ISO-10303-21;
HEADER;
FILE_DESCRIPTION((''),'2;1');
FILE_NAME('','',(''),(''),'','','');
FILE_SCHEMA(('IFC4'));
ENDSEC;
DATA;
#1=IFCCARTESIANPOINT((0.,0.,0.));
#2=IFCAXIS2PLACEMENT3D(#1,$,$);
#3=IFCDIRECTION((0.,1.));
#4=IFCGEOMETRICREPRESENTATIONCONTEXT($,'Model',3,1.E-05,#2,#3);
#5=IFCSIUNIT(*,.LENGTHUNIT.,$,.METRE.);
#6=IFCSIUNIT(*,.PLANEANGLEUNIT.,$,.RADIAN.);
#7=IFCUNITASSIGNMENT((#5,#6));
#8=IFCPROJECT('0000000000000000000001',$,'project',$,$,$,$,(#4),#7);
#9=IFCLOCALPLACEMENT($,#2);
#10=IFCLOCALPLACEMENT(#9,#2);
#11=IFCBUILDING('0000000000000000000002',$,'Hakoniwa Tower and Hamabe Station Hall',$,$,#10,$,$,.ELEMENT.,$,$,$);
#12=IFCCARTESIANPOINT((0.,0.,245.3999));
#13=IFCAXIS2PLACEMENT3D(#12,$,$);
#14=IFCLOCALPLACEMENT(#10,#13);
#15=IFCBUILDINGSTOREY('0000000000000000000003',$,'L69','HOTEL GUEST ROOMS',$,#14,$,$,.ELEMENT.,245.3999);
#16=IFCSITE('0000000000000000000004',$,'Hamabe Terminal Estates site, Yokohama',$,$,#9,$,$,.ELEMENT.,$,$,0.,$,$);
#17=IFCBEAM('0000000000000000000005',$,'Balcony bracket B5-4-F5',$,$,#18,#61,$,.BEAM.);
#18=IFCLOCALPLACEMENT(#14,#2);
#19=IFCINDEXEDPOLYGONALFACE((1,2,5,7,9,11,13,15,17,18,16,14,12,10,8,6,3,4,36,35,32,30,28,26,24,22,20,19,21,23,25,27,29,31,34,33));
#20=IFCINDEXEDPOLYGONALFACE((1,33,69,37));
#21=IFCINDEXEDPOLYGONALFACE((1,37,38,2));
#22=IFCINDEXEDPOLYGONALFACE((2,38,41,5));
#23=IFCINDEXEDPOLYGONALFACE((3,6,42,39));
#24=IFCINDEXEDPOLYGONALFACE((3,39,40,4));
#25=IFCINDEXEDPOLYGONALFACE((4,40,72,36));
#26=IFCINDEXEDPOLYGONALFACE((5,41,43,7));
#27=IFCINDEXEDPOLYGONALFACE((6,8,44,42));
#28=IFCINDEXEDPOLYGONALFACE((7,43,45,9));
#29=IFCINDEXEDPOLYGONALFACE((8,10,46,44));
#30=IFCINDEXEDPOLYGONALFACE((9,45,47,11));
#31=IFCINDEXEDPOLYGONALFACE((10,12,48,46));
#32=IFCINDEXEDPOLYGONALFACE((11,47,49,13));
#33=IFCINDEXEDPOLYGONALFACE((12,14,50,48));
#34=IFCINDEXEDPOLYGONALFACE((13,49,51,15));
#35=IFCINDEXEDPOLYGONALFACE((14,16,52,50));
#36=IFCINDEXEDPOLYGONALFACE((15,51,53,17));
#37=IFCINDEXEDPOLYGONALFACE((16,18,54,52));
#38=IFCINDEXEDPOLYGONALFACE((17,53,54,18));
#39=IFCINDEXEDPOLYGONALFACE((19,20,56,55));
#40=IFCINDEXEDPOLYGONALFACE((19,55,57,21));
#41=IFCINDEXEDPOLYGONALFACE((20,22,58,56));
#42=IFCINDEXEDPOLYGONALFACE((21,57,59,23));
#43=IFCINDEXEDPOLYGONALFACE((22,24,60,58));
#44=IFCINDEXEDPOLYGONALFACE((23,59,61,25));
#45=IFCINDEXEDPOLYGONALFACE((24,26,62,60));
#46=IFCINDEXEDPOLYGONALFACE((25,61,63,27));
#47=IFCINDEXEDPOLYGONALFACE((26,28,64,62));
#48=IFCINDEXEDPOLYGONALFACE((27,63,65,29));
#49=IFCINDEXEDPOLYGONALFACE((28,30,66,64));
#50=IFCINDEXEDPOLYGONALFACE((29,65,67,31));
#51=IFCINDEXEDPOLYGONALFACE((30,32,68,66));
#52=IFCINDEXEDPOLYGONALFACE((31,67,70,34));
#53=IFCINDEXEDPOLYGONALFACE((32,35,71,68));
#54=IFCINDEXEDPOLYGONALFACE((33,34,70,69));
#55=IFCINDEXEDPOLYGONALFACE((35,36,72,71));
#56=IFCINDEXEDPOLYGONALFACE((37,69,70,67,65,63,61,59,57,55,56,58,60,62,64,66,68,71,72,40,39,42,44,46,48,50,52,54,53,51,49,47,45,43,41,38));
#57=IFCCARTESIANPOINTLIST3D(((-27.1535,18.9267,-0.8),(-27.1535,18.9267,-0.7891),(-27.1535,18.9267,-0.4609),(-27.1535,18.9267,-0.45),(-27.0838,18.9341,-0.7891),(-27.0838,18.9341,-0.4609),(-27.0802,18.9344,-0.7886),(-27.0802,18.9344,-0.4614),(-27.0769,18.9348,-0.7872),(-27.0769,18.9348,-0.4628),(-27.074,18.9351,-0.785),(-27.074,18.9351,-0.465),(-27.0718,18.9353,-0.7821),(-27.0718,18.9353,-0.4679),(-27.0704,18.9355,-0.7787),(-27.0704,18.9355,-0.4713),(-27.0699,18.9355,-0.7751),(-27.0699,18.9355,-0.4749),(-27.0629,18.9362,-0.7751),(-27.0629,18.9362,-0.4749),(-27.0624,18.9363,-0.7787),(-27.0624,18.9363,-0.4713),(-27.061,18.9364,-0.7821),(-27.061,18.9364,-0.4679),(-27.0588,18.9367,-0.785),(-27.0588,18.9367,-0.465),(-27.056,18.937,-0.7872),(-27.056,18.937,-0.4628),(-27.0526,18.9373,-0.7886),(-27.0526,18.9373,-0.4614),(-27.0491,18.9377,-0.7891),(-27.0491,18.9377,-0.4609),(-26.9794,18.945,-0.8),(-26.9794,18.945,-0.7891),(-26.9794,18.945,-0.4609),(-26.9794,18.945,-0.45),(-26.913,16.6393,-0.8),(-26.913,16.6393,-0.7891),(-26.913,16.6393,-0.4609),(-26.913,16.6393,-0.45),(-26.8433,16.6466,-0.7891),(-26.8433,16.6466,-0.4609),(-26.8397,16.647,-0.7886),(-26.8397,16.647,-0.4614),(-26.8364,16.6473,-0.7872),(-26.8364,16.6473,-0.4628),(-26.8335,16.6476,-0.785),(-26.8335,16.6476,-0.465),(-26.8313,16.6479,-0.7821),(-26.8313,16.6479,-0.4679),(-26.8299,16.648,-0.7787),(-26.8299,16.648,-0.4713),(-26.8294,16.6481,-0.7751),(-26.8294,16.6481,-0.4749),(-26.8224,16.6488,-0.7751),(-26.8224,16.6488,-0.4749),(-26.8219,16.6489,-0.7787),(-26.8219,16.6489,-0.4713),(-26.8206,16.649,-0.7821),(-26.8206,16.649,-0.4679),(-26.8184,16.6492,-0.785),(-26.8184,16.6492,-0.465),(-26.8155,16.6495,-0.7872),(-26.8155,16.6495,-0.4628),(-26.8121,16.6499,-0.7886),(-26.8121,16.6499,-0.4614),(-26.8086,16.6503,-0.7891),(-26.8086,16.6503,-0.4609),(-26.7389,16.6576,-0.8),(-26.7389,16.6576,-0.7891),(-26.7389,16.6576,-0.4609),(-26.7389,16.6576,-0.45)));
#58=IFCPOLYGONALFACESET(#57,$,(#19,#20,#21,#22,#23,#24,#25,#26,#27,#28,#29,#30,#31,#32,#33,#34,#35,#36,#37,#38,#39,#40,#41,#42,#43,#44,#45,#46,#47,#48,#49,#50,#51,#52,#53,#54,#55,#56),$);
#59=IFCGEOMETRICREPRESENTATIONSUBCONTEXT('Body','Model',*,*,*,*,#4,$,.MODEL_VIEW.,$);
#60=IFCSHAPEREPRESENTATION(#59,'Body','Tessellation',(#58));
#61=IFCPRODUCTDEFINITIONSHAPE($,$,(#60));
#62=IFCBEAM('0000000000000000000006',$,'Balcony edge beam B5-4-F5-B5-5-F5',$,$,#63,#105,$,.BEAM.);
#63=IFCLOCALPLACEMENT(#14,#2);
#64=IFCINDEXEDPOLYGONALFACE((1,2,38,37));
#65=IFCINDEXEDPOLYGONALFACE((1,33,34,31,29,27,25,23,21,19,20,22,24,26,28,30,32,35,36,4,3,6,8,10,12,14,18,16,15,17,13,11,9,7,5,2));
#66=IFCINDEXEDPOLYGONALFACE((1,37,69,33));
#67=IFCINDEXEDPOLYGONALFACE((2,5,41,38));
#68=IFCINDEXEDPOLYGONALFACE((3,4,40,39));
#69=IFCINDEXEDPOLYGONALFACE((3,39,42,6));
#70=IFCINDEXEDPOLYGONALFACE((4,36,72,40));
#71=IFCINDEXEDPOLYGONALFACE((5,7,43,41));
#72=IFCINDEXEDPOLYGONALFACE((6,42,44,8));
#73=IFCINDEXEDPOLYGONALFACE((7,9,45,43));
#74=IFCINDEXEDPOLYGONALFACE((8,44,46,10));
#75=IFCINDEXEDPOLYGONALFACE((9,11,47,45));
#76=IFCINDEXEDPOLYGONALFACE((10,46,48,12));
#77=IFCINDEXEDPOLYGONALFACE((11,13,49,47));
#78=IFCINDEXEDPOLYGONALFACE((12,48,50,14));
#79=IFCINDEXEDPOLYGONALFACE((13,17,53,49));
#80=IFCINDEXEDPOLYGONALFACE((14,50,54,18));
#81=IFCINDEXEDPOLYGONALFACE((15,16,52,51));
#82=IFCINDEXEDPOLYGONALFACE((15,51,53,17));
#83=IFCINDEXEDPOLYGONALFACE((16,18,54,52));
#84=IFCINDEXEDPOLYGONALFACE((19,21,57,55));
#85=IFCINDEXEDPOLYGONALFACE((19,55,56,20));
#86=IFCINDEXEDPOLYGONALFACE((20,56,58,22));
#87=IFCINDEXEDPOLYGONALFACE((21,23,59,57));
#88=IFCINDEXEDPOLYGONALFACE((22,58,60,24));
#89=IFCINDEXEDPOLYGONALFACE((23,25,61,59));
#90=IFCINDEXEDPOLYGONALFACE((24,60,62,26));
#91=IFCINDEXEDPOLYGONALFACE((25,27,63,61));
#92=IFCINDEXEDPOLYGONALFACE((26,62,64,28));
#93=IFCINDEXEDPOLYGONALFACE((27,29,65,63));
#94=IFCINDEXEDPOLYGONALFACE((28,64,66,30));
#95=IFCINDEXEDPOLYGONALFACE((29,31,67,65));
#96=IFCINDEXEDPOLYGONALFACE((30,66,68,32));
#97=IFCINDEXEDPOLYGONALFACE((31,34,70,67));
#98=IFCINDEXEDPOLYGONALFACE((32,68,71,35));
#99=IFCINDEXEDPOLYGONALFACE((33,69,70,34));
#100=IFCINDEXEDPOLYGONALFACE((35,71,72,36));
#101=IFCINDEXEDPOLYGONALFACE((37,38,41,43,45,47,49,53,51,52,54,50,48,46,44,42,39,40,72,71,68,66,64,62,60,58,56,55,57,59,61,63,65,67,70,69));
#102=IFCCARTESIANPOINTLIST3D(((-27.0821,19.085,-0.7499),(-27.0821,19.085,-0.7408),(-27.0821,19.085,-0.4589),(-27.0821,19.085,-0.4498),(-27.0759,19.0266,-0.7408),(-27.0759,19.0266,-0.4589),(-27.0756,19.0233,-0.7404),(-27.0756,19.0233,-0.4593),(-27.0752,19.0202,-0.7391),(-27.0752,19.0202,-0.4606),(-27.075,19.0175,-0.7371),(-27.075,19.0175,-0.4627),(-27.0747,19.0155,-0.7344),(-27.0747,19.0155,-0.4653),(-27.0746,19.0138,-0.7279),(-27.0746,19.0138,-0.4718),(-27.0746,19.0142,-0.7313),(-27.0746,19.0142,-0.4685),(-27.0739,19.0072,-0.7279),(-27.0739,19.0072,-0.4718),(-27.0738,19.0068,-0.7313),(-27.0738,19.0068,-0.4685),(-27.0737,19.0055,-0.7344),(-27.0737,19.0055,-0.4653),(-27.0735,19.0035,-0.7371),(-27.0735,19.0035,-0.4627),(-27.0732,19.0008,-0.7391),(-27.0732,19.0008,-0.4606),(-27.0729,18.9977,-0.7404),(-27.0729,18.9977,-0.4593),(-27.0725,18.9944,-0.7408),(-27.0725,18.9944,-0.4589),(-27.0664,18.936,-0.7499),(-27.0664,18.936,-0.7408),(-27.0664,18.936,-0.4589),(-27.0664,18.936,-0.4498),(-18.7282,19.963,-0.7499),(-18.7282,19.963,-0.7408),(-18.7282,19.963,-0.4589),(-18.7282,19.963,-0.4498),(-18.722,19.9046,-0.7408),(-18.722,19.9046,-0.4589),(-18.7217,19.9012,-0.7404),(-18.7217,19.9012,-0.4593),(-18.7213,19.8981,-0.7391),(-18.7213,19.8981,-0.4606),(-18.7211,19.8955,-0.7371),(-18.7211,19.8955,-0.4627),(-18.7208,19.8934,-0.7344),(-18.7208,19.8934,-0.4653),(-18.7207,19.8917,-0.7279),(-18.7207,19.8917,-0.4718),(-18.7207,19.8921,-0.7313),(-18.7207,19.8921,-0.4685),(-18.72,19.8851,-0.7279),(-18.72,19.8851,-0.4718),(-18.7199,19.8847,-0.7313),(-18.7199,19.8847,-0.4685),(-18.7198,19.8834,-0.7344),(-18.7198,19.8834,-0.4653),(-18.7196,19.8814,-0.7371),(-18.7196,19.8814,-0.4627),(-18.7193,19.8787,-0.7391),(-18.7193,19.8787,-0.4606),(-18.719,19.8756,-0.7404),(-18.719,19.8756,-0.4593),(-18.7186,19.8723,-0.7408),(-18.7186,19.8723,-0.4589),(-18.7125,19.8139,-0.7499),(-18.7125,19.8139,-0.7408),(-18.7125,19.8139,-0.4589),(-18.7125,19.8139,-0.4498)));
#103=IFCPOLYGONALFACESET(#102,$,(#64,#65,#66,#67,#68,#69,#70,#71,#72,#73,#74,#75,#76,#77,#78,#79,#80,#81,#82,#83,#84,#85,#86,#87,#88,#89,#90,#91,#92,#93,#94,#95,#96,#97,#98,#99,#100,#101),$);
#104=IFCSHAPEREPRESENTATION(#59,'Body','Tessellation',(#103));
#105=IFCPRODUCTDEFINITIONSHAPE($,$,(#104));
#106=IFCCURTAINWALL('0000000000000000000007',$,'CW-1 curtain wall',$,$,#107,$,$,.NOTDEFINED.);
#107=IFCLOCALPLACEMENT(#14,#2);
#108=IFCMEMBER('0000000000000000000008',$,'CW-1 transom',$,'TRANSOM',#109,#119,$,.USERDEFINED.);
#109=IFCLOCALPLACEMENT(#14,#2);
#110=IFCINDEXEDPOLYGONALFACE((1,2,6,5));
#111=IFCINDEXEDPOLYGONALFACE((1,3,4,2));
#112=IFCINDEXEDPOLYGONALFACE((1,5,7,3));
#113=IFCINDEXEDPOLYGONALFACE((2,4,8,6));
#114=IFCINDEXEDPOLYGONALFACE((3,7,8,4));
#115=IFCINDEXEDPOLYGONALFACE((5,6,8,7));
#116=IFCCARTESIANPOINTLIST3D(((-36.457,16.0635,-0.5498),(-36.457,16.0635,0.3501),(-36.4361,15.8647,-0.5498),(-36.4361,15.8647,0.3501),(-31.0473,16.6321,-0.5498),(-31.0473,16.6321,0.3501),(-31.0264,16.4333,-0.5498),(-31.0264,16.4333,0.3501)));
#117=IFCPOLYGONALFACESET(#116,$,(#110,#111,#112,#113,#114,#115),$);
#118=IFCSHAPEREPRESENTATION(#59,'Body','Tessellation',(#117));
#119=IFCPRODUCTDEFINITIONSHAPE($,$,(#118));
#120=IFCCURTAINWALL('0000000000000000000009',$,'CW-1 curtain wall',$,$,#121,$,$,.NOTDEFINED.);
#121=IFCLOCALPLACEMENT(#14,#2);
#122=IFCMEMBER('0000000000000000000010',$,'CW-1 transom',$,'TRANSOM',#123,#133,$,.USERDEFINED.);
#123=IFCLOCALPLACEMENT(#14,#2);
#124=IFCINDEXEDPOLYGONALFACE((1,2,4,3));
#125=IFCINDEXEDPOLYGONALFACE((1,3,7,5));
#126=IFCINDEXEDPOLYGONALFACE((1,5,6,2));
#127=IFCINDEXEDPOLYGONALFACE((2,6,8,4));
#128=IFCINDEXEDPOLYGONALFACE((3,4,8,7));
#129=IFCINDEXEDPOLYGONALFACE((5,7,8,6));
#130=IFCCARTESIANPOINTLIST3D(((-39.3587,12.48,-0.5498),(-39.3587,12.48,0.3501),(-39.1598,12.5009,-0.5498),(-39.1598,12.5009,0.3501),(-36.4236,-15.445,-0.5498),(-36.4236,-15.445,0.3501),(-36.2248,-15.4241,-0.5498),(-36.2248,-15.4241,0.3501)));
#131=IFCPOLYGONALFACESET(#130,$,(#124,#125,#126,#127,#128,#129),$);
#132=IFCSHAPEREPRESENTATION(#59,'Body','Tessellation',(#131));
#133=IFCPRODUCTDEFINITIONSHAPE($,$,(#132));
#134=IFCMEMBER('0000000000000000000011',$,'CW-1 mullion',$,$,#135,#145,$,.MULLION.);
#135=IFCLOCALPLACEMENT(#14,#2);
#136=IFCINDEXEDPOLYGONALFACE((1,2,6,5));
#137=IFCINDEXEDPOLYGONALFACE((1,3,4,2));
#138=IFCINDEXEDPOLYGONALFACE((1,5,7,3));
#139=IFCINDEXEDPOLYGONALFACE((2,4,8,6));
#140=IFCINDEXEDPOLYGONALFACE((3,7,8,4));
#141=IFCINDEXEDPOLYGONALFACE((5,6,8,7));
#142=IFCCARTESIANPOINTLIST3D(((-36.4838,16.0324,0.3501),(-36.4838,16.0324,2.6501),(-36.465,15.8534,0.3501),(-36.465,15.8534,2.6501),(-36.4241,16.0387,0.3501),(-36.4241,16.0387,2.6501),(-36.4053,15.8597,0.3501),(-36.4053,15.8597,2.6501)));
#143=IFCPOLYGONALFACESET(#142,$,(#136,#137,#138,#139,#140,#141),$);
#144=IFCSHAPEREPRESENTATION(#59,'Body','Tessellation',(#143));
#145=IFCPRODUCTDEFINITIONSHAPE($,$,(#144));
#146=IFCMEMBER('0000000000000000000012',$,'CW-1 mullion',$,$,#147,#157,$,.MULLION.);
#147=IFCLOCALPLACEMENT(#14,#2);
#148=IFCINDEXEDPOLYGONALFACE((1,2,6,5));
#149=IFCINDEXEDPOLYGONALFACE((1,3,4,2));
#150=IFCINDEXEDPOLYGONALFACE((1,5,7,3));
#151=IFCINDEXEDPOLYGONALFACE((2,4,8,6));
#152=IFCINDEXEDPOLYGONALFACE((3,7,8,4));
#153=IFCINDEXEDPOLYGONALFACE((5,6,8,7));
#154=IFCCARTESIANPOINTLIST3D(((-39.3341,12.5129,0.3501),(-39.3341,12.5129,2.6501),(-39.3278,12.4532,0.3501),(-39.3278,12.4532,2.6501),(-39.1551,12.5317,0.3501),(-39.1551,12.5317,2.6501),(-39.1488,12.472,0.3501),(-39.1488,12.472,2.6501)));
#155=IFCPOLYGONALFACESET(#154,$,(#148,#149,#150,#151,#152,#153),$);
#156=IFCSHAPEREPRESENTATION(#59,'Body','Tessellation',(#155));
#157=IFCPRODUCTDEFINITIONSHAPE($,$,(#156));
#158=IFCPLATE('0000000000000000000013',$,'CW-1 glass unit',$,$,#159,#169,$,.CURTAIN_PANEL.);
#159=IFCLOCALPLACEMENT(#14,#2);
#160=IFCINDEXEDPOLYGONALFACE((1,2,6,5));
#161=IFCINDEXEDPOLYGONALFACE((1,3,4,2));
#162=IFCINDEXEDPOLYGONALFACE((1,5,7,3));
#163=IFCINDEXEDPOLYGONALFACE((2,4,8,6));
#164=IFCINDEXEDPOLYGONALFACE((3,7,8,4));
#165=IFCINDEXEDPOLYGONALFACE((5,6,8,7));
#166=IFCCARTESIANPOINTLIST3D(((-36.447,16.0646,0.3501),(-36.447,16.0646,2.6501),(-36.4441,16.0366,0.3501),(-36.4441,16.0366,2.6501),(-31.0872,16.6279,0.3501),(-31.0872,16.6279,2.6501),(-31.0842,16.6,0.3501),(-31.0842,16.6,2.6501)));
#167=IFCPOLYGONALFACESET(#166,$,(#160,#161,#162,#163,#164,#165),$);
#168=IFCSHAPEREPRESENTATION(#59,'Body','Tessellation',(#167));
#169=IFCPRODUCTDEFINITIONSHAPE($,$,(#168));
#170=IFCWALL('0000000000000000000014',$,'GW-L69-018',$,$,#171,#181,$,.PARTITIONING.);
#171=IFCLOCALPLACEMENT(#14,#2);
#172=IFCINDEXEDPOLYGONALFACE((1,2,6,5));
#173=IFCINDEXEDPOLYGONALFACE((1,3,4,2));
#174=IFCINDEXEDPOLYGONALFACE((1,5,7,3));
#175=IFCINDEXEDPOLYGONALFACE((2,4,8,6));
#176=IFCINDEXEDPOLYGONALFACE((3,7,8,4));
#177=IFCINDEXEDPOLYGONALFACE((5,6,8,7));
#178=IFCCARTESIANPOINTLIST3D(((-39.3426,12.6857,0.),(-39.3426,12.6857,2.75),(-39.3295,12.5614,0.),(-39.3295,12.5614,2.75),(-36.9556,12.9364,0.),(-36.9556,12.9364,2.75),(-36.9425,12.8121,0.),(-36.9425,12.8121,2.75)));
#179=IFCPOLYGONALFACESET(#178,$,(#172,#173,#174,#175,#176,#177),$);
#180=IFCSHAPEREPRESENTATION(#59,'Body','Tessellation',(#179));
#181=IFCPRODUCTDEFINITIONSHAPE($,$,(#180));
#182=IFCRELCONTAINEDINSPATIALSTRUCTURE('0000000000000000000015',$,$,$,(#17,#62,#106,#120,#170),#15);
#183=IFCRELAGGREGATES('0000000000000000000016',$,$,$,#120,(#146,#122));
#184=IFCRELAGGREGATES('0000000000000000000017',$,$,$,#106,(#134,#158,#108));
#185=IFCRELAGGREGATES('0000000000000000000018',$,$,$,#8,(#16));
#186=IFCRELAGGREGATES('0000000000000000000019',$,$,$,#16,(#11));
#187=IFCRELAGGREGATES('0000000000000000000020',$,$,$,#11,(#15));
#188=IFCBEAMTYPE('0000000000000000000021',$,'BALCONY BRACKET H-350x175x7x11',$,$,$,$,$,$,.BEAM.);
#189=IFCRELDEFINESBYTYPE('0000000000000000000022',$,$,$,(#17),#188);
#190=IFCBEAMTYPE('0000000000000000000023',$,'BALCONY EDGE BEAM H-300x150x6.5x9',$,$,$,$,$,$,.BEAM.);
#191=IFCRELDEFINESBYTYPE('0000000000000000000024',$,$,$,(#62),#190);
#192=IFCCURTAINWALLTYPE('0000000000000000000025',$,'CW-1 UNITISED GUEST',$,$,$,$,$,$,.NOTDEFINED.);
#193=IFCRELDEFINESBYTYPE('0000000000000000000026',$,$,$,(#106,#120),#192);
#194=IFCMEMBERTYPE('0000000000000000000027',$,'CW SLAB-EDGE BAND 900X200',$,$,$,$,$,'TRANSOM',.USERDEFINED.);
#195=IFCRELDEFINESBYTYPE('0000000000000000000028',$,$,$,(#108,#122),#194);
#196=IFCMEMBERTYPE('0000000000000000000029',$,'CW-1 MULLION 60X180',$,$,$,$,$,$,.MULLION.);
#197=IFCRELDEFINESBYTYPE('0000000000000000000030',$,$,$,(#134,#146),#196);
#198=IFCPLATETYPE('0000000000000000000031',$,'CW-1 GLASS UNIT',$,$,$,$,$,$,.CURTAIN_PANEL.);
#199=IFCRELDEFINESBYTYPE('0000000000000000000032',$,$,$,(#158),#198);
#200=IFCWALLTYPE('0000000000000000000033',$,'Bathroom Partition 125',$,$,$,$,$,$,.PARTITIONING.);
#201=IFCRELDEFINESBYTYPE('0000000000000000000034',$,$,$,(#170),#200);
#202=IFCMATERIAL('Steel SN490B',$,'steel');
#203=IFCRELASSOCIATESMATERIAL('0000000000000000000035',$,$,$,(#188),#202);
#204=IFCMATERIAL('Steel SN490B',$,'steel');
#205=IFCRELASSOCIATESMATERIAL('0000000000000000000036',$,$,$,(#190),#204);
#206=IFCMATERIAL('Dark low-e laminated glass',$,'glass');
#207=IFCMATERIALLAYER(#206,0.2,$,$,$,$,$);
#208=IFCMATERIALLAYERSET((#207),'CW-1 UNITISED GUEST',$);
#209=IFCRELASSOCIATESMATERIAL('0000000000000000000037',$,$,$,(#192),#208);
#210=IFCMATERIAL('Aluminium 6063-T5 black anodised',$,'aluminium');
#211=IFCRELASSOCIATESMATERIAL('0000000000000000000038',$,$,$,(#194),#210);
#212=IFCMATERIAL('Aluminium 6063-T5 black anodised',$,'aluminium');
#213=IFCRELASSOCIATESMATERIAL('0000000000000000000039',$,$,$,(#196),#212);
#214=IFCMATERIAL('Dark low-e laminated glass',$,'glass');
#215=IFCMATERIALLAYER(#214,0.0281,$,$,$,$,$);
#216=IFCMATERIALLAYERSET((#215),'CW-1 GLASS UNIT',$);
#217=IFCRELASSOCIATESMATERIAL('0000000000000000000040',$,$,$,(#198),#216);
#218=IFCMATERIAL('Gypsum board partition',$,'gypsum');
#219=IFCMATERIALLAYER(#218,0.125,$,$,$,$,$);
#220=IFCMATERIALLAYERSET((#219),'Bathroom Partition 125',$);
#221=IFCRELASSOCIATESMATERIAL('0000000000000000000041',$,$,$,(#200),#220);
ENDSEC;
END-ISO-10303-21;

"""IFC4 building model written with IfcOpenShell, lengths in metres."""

from ifc_helpers import new_model, si_unit, direction, frame, frame_2d, origin, origin_2d, place, context, subcontext, project, spatial, rectangle, i_section, extrude, material, layer, layer_set, material_profile, profile_set, type_object, element, aggregate, save


model = new_model("IFC4")

# Units and contexts
model_context = context("Model", 3, precision=1e-05, world=origin(), true_north=direction((0.0, 1.0)))
body_context = subcontext(model_context, "Body", "Model", "MODEL_VIEW")
ifc_project = project(units=[si_unit("LENGTHUNIT", "METRE"), si_unit("PLANEANGLEUNIT", "RADIAN")], contexts=[model_context])

# Site, building, storey
site_placement = place(None, origin())
site = spatial("IfcSite", under=ifc_project, at=site_placement, Name="Hamabe Terminal Estates site, Yokohama", CompositionType="ELEMENT", RefElevation=0.0)
building_placement = place(site_placement, origin())
building = spatial("IfcBuilding", under=site, at=building_placement, Name="Hakoniwa Tower and Hamabe Station Hall", CompositionType="ELEMENT")
storey_placement = place(building_placement, frame((0.0, 0.0, 245.3999)))
storey = spatial("IfcBuildingStorey", under=building, at=storey_placement, Name="L69", Description="HOTEL GUEST ROOMS", CompositionType="ELEMENT", Elevation=245.3999)

# Beams
ifc_material_1 = material(Name="Steel SN490B", Category="steel")
ifc_material_profile_1 = material_profile(ifc_material_1, i_section(OverallWidth=0.175, OverallDepth=0.3501, WebThickness=0.0071, FlangeThickness=0.011, FilletRadius=0.0139, at=origin_2d()), Name="H-350x175x7x11")
ifc_profile_set_1 = profile_set([ifc_material_profile_1], Name="Steel SN490B")
beam_type_1 = type_object("IfcBeamType", Name="BALCONY BRACKET H-350x175x7x11", PredefinedType="BEAM", material=ifc_profile_set_1)
beam_1_placement = place(storey_placement, frame((-26.8259, 16.6484, -0.625), z_axis=(-0.104558, 0.994519, 0.0), x_axis=(-0.994519, -0.104558, 0.0)))
element("IfcBeam", 1, at=beam_1_placement, inside=storey, type_object=beam_type_1, Name="Balcony bracket B5-4-F5", PredefinedType="BEAM", context=body_context, shape_type="SweptSolid", body=[
    extrude(i_section(OverallWidth=0.175, OverallDepth=0.3501, WebThickness=0.0071, FlangeThickness=0.011, FilletRadius=0.0139, at=origin_2d()), origin(), (0.0, 0.0, 1.0), 2.3),
])
ifc_material_2 = material(Name="Steel SN490B", Category="steel")
ifc_material_profile_2 = material_profile(ifc_material_2, i_section(OverallWidth=0.1499, OverallDepth=0.3, WebThickness=0.0066, FlangeThickness=0.009, FilletRadius=0.0129, at=origin_2d()), Name="H-300x150x6.5x9")
ifc_profile_set_2 = profile_set([ifc_material_profile_2], Name="Steel SN490B")
beam_type_2 = type_object("IfcBeamType", Name="BALCONY EDGE BEAM H-300x150x6.5x9", PredefinedType="BEAM", material=ifc_profile_set_2)
beam_2_placement = place(storey_placement, frame((-27.0742, 19.0105, -0.5999), z_axis=(0.994523, 0.104515, 0.0), x_axis=(-0.104515, 0.994523, 0.0)))
element("IfcBeam", 2, at=beam_2_placement, inside=storey, type_object=beam_type_2, Name="Balcony edge beam B5-4-F5-B5-5-F5", PredefinedType="BEAM", context=body_context, shape_type="SweptSolid", body=[
    extrude(i_section(OverallWidth=0.1499, OverallDepth=0.3, WebThickness=0.0066, FlangeThickness=0.009, FilletRadius=0.0129, at=origin_2d()), origin(), (0.0, 0.0, 1.0), 8.3999),
])

# Curtain walls, members
ifc_material_3 = material(Name="Dark low-e laminated glass", Category="glass")
ifc_layer_1 = layer(ifc_material_3, 0.2)
ifc_layer_set_1 = layer_set([ifc_layer_1], Name="CW-1 UNITISED GUEST")
curtain_wall_type = type_object("IfcCurtainWallType", Name="CW-1 UNITISED GUEST", PredefinedType="NOTDEFINED", material=ifc_layer_set_1)
curtain_wall_1_placement = place(storey_placement, origin())
curtain_wall_1 = element("IfcCurtainWall", 3, at=curtain_wall_1_placement, inside=storey, type_object=curtain_wall_type, Name="CW-1 curtain wall", PredefinedType="NOTDEFINED")
ifc_material_4 = material(Name="Aluminium 6063-T5 black anodised", Category="aluminium")
ifc_material_profile_3 = material_profile(ifc_material_4, rectangle(XDim=0.2, YDim=0.8999, at=origin_2d()), Name="CW SLAB-EDGE BAND 900X200")
ifc_profile_set_3 = profile_set([ifc_material_profile_3], Name="Aluminium 6063-T5 black anodised")
member_type_1 = type_object("IfcMemberType", Name="CW SLAB-EDGE BAND 900X200", ElementType="TRANSOM", PredefinedType="USERDEFINED", material=ifc_profile_set_3)
member_1_placement = place(storey_placement, frame((-31.0369, 16.5327, -0.0999), z_axis=(-0.994521, -0.104533, 0.0), x_axis=(0.104533, -0.994521, 0.0)))
member_1 = element("IfcMember", 4, at=member_1_placement, type_object=member_type_1, Name="CW-1 transom", ObjectType="TRANSOM", PredefinedType="USERDEFINED", context=body_context, shape_type="SweptSolid", body=[
    extrude(rectangle(XDim=0.2, YDim=0.8999, at=origin_2d()), origin(), (0.0, 0.0, 1.0), 5.4395),
])
curtain_wall_2_placement = place(storey_placement, origin())
curtain_wall_2 = element("IfcCurtainWall", 5, at=curtain_wall_2_placement, inside=storey, type_object=curtain_wall_type, Name="CW-1 curtain wall", PredefinedType="NOTDEFINED")
member_2_placement = place(storey_placement, frame((-39.2593, 12.4905, -0.0999), z_axis=(0.104529, -0.994522, 0.0), x_axis=(0.994522, 0.104529, 0.0)))
member_2 = element("IfcMember", 6, at=member_2_placement, type_object=member_type_1, Name="CW-1 transom", ObjectType="TRANSOM", PredefinedType="USERDEFINED", context=body_context, shape_type="SweptSolid", body=[
    extrude(rectangle(XDim=0.2, YDim=0.8999, at=origin_2d()), origin(), (0.0, 0.0, 1.0), 28.0789),
])

# Members
ifc_material_5 = material(Name="Aluminium 6063-T5 black anodised", Category="aluminium")
ifc_material_profile_4 = material_profile(ifc_material_5, rectangle(XDim=0.0601, YDim=0.1799, at=origin_2d()), Name="CW-1 MULLION 60X180")
ifc_profile_set_4 = profile_set([ifc_material_profile_4], Name="Aluminium 6063-T5 black anodised")
member_type_2 = type_object("IfcMemberType", Name="CW-1 MULLION 60X180", PredefinedType="MULLION", material=ifc_profile_set_4)
member_3_placement = place(storey_placement, frame((-36.4446, 15.946, 0.3501), z_axis=(0.0, 0.0, 1.0), x_axis=(-0.994522, -0.104528, 0.0)))
member_3 = element("IfcMember", 7, at=member_3_placement, type_object=member_type_2, Name="CW-1 mullion", PredefinedType="MULLION", context=body_context, shape_type="SweptSolid", body=[
    extrude(rectangle(XDim=0.0601, YDim=0.1799, at=origin_2d()), origin(), (0.0, 0.0, 1.0), 2.3),
])
member_4_placement = place(storey_placement, frame((-39.2415, 12.4924, 0.3501), z_axis=(0.0, 0.0, 1.0), x_axis=(0.104528, -0.994522, 0.0)))
member_4 = element("IfcMember", 8, at=member_4_placement, type_object=member_type_2, Name="CW-1 mullion", PredefinedType="MULLION", context=body_context, shape_type="SweptSolid", body=[
    extrude(rectangle(XDim=0.0601, YDim=0.1799, at=origin_2d()), origin(), (0.0, 0.0, 1.0), 2.3),
])
aggregate(curtain_wall_2, [member_4, member_2])

# Plate
ifc_material_6 = material(Name="Dark low-e laminated glass", Category="glass")
ifc_layer_2 = layer(ifc_material_6, 0.0281)
ifc_layer_set_2 = layer_set([ifc_layer_2], Name="CW-1 GLASS UNIT")
plate_type = type_object("IfcPlateType", Name="CW-1 GLASS UNIT", PredefinedType="CURTAIN_PANEL", material=ifc_layer_set_2)
plate_placement = place(storey_placement, frame((-33.7656, 16.3323, 0.3501), z_axis=(0.0, 0.0, 1.0), x_axis=(-0.994522, -0.104528, 0.0)))
plate = element("IfcPlate", 9, at=plate_placement, type_object=plate_type, Name="CW-1 glass unit", PredefinedType="CURTAIN_PANEL", context=body_context, shape_type="SweptSolid", body=[
    extrude(rectangle(XDim=5.3894, YDim=0.0281, at=origin_2d()), origin(), (0.0, 0.0, 1.0), 2.3),
])

# Wall
ifc_material_7 = material(Name="Gypsum board partition", Category="gypsum")
ifc_layer_3 = layer(ifc_material_7, 0.125)
ifc_layer_set_3 = layer_set([ifc_layer_3], Name="Bathroom Partition 125")
wall_type_1 = type_object("IfcWallType", Name="Bathroom Partition 125", PredefinedType="PARTITIONING", material=ifc_layer_set_3)
wall_1_placement = place(storey_placement, frame((-39.3362, 12.6235, 0.0), z_axis=(0.0, 0.0, 1.0), x_axis=(0.994528, 0.104468, 0.0)))
element("IfcWall", 10, at=wall_1_placement, inside=storey, type_object=wall_type_1, Name="GW-L69-018", PredefinedType="PARTITIONING", context=body_context, shape_type="SweptSolid", body=[
    extrude(rectangle(XDim=2.4001, YDim=0.125, at=frame_2d((1.2002, 0.0))), origin(), (0.0, 0.0, 1.0), 2.75),
])

aggregate(curtain_wall_1, [member_3, plate, member_1])

save(model, "model.ifc")
